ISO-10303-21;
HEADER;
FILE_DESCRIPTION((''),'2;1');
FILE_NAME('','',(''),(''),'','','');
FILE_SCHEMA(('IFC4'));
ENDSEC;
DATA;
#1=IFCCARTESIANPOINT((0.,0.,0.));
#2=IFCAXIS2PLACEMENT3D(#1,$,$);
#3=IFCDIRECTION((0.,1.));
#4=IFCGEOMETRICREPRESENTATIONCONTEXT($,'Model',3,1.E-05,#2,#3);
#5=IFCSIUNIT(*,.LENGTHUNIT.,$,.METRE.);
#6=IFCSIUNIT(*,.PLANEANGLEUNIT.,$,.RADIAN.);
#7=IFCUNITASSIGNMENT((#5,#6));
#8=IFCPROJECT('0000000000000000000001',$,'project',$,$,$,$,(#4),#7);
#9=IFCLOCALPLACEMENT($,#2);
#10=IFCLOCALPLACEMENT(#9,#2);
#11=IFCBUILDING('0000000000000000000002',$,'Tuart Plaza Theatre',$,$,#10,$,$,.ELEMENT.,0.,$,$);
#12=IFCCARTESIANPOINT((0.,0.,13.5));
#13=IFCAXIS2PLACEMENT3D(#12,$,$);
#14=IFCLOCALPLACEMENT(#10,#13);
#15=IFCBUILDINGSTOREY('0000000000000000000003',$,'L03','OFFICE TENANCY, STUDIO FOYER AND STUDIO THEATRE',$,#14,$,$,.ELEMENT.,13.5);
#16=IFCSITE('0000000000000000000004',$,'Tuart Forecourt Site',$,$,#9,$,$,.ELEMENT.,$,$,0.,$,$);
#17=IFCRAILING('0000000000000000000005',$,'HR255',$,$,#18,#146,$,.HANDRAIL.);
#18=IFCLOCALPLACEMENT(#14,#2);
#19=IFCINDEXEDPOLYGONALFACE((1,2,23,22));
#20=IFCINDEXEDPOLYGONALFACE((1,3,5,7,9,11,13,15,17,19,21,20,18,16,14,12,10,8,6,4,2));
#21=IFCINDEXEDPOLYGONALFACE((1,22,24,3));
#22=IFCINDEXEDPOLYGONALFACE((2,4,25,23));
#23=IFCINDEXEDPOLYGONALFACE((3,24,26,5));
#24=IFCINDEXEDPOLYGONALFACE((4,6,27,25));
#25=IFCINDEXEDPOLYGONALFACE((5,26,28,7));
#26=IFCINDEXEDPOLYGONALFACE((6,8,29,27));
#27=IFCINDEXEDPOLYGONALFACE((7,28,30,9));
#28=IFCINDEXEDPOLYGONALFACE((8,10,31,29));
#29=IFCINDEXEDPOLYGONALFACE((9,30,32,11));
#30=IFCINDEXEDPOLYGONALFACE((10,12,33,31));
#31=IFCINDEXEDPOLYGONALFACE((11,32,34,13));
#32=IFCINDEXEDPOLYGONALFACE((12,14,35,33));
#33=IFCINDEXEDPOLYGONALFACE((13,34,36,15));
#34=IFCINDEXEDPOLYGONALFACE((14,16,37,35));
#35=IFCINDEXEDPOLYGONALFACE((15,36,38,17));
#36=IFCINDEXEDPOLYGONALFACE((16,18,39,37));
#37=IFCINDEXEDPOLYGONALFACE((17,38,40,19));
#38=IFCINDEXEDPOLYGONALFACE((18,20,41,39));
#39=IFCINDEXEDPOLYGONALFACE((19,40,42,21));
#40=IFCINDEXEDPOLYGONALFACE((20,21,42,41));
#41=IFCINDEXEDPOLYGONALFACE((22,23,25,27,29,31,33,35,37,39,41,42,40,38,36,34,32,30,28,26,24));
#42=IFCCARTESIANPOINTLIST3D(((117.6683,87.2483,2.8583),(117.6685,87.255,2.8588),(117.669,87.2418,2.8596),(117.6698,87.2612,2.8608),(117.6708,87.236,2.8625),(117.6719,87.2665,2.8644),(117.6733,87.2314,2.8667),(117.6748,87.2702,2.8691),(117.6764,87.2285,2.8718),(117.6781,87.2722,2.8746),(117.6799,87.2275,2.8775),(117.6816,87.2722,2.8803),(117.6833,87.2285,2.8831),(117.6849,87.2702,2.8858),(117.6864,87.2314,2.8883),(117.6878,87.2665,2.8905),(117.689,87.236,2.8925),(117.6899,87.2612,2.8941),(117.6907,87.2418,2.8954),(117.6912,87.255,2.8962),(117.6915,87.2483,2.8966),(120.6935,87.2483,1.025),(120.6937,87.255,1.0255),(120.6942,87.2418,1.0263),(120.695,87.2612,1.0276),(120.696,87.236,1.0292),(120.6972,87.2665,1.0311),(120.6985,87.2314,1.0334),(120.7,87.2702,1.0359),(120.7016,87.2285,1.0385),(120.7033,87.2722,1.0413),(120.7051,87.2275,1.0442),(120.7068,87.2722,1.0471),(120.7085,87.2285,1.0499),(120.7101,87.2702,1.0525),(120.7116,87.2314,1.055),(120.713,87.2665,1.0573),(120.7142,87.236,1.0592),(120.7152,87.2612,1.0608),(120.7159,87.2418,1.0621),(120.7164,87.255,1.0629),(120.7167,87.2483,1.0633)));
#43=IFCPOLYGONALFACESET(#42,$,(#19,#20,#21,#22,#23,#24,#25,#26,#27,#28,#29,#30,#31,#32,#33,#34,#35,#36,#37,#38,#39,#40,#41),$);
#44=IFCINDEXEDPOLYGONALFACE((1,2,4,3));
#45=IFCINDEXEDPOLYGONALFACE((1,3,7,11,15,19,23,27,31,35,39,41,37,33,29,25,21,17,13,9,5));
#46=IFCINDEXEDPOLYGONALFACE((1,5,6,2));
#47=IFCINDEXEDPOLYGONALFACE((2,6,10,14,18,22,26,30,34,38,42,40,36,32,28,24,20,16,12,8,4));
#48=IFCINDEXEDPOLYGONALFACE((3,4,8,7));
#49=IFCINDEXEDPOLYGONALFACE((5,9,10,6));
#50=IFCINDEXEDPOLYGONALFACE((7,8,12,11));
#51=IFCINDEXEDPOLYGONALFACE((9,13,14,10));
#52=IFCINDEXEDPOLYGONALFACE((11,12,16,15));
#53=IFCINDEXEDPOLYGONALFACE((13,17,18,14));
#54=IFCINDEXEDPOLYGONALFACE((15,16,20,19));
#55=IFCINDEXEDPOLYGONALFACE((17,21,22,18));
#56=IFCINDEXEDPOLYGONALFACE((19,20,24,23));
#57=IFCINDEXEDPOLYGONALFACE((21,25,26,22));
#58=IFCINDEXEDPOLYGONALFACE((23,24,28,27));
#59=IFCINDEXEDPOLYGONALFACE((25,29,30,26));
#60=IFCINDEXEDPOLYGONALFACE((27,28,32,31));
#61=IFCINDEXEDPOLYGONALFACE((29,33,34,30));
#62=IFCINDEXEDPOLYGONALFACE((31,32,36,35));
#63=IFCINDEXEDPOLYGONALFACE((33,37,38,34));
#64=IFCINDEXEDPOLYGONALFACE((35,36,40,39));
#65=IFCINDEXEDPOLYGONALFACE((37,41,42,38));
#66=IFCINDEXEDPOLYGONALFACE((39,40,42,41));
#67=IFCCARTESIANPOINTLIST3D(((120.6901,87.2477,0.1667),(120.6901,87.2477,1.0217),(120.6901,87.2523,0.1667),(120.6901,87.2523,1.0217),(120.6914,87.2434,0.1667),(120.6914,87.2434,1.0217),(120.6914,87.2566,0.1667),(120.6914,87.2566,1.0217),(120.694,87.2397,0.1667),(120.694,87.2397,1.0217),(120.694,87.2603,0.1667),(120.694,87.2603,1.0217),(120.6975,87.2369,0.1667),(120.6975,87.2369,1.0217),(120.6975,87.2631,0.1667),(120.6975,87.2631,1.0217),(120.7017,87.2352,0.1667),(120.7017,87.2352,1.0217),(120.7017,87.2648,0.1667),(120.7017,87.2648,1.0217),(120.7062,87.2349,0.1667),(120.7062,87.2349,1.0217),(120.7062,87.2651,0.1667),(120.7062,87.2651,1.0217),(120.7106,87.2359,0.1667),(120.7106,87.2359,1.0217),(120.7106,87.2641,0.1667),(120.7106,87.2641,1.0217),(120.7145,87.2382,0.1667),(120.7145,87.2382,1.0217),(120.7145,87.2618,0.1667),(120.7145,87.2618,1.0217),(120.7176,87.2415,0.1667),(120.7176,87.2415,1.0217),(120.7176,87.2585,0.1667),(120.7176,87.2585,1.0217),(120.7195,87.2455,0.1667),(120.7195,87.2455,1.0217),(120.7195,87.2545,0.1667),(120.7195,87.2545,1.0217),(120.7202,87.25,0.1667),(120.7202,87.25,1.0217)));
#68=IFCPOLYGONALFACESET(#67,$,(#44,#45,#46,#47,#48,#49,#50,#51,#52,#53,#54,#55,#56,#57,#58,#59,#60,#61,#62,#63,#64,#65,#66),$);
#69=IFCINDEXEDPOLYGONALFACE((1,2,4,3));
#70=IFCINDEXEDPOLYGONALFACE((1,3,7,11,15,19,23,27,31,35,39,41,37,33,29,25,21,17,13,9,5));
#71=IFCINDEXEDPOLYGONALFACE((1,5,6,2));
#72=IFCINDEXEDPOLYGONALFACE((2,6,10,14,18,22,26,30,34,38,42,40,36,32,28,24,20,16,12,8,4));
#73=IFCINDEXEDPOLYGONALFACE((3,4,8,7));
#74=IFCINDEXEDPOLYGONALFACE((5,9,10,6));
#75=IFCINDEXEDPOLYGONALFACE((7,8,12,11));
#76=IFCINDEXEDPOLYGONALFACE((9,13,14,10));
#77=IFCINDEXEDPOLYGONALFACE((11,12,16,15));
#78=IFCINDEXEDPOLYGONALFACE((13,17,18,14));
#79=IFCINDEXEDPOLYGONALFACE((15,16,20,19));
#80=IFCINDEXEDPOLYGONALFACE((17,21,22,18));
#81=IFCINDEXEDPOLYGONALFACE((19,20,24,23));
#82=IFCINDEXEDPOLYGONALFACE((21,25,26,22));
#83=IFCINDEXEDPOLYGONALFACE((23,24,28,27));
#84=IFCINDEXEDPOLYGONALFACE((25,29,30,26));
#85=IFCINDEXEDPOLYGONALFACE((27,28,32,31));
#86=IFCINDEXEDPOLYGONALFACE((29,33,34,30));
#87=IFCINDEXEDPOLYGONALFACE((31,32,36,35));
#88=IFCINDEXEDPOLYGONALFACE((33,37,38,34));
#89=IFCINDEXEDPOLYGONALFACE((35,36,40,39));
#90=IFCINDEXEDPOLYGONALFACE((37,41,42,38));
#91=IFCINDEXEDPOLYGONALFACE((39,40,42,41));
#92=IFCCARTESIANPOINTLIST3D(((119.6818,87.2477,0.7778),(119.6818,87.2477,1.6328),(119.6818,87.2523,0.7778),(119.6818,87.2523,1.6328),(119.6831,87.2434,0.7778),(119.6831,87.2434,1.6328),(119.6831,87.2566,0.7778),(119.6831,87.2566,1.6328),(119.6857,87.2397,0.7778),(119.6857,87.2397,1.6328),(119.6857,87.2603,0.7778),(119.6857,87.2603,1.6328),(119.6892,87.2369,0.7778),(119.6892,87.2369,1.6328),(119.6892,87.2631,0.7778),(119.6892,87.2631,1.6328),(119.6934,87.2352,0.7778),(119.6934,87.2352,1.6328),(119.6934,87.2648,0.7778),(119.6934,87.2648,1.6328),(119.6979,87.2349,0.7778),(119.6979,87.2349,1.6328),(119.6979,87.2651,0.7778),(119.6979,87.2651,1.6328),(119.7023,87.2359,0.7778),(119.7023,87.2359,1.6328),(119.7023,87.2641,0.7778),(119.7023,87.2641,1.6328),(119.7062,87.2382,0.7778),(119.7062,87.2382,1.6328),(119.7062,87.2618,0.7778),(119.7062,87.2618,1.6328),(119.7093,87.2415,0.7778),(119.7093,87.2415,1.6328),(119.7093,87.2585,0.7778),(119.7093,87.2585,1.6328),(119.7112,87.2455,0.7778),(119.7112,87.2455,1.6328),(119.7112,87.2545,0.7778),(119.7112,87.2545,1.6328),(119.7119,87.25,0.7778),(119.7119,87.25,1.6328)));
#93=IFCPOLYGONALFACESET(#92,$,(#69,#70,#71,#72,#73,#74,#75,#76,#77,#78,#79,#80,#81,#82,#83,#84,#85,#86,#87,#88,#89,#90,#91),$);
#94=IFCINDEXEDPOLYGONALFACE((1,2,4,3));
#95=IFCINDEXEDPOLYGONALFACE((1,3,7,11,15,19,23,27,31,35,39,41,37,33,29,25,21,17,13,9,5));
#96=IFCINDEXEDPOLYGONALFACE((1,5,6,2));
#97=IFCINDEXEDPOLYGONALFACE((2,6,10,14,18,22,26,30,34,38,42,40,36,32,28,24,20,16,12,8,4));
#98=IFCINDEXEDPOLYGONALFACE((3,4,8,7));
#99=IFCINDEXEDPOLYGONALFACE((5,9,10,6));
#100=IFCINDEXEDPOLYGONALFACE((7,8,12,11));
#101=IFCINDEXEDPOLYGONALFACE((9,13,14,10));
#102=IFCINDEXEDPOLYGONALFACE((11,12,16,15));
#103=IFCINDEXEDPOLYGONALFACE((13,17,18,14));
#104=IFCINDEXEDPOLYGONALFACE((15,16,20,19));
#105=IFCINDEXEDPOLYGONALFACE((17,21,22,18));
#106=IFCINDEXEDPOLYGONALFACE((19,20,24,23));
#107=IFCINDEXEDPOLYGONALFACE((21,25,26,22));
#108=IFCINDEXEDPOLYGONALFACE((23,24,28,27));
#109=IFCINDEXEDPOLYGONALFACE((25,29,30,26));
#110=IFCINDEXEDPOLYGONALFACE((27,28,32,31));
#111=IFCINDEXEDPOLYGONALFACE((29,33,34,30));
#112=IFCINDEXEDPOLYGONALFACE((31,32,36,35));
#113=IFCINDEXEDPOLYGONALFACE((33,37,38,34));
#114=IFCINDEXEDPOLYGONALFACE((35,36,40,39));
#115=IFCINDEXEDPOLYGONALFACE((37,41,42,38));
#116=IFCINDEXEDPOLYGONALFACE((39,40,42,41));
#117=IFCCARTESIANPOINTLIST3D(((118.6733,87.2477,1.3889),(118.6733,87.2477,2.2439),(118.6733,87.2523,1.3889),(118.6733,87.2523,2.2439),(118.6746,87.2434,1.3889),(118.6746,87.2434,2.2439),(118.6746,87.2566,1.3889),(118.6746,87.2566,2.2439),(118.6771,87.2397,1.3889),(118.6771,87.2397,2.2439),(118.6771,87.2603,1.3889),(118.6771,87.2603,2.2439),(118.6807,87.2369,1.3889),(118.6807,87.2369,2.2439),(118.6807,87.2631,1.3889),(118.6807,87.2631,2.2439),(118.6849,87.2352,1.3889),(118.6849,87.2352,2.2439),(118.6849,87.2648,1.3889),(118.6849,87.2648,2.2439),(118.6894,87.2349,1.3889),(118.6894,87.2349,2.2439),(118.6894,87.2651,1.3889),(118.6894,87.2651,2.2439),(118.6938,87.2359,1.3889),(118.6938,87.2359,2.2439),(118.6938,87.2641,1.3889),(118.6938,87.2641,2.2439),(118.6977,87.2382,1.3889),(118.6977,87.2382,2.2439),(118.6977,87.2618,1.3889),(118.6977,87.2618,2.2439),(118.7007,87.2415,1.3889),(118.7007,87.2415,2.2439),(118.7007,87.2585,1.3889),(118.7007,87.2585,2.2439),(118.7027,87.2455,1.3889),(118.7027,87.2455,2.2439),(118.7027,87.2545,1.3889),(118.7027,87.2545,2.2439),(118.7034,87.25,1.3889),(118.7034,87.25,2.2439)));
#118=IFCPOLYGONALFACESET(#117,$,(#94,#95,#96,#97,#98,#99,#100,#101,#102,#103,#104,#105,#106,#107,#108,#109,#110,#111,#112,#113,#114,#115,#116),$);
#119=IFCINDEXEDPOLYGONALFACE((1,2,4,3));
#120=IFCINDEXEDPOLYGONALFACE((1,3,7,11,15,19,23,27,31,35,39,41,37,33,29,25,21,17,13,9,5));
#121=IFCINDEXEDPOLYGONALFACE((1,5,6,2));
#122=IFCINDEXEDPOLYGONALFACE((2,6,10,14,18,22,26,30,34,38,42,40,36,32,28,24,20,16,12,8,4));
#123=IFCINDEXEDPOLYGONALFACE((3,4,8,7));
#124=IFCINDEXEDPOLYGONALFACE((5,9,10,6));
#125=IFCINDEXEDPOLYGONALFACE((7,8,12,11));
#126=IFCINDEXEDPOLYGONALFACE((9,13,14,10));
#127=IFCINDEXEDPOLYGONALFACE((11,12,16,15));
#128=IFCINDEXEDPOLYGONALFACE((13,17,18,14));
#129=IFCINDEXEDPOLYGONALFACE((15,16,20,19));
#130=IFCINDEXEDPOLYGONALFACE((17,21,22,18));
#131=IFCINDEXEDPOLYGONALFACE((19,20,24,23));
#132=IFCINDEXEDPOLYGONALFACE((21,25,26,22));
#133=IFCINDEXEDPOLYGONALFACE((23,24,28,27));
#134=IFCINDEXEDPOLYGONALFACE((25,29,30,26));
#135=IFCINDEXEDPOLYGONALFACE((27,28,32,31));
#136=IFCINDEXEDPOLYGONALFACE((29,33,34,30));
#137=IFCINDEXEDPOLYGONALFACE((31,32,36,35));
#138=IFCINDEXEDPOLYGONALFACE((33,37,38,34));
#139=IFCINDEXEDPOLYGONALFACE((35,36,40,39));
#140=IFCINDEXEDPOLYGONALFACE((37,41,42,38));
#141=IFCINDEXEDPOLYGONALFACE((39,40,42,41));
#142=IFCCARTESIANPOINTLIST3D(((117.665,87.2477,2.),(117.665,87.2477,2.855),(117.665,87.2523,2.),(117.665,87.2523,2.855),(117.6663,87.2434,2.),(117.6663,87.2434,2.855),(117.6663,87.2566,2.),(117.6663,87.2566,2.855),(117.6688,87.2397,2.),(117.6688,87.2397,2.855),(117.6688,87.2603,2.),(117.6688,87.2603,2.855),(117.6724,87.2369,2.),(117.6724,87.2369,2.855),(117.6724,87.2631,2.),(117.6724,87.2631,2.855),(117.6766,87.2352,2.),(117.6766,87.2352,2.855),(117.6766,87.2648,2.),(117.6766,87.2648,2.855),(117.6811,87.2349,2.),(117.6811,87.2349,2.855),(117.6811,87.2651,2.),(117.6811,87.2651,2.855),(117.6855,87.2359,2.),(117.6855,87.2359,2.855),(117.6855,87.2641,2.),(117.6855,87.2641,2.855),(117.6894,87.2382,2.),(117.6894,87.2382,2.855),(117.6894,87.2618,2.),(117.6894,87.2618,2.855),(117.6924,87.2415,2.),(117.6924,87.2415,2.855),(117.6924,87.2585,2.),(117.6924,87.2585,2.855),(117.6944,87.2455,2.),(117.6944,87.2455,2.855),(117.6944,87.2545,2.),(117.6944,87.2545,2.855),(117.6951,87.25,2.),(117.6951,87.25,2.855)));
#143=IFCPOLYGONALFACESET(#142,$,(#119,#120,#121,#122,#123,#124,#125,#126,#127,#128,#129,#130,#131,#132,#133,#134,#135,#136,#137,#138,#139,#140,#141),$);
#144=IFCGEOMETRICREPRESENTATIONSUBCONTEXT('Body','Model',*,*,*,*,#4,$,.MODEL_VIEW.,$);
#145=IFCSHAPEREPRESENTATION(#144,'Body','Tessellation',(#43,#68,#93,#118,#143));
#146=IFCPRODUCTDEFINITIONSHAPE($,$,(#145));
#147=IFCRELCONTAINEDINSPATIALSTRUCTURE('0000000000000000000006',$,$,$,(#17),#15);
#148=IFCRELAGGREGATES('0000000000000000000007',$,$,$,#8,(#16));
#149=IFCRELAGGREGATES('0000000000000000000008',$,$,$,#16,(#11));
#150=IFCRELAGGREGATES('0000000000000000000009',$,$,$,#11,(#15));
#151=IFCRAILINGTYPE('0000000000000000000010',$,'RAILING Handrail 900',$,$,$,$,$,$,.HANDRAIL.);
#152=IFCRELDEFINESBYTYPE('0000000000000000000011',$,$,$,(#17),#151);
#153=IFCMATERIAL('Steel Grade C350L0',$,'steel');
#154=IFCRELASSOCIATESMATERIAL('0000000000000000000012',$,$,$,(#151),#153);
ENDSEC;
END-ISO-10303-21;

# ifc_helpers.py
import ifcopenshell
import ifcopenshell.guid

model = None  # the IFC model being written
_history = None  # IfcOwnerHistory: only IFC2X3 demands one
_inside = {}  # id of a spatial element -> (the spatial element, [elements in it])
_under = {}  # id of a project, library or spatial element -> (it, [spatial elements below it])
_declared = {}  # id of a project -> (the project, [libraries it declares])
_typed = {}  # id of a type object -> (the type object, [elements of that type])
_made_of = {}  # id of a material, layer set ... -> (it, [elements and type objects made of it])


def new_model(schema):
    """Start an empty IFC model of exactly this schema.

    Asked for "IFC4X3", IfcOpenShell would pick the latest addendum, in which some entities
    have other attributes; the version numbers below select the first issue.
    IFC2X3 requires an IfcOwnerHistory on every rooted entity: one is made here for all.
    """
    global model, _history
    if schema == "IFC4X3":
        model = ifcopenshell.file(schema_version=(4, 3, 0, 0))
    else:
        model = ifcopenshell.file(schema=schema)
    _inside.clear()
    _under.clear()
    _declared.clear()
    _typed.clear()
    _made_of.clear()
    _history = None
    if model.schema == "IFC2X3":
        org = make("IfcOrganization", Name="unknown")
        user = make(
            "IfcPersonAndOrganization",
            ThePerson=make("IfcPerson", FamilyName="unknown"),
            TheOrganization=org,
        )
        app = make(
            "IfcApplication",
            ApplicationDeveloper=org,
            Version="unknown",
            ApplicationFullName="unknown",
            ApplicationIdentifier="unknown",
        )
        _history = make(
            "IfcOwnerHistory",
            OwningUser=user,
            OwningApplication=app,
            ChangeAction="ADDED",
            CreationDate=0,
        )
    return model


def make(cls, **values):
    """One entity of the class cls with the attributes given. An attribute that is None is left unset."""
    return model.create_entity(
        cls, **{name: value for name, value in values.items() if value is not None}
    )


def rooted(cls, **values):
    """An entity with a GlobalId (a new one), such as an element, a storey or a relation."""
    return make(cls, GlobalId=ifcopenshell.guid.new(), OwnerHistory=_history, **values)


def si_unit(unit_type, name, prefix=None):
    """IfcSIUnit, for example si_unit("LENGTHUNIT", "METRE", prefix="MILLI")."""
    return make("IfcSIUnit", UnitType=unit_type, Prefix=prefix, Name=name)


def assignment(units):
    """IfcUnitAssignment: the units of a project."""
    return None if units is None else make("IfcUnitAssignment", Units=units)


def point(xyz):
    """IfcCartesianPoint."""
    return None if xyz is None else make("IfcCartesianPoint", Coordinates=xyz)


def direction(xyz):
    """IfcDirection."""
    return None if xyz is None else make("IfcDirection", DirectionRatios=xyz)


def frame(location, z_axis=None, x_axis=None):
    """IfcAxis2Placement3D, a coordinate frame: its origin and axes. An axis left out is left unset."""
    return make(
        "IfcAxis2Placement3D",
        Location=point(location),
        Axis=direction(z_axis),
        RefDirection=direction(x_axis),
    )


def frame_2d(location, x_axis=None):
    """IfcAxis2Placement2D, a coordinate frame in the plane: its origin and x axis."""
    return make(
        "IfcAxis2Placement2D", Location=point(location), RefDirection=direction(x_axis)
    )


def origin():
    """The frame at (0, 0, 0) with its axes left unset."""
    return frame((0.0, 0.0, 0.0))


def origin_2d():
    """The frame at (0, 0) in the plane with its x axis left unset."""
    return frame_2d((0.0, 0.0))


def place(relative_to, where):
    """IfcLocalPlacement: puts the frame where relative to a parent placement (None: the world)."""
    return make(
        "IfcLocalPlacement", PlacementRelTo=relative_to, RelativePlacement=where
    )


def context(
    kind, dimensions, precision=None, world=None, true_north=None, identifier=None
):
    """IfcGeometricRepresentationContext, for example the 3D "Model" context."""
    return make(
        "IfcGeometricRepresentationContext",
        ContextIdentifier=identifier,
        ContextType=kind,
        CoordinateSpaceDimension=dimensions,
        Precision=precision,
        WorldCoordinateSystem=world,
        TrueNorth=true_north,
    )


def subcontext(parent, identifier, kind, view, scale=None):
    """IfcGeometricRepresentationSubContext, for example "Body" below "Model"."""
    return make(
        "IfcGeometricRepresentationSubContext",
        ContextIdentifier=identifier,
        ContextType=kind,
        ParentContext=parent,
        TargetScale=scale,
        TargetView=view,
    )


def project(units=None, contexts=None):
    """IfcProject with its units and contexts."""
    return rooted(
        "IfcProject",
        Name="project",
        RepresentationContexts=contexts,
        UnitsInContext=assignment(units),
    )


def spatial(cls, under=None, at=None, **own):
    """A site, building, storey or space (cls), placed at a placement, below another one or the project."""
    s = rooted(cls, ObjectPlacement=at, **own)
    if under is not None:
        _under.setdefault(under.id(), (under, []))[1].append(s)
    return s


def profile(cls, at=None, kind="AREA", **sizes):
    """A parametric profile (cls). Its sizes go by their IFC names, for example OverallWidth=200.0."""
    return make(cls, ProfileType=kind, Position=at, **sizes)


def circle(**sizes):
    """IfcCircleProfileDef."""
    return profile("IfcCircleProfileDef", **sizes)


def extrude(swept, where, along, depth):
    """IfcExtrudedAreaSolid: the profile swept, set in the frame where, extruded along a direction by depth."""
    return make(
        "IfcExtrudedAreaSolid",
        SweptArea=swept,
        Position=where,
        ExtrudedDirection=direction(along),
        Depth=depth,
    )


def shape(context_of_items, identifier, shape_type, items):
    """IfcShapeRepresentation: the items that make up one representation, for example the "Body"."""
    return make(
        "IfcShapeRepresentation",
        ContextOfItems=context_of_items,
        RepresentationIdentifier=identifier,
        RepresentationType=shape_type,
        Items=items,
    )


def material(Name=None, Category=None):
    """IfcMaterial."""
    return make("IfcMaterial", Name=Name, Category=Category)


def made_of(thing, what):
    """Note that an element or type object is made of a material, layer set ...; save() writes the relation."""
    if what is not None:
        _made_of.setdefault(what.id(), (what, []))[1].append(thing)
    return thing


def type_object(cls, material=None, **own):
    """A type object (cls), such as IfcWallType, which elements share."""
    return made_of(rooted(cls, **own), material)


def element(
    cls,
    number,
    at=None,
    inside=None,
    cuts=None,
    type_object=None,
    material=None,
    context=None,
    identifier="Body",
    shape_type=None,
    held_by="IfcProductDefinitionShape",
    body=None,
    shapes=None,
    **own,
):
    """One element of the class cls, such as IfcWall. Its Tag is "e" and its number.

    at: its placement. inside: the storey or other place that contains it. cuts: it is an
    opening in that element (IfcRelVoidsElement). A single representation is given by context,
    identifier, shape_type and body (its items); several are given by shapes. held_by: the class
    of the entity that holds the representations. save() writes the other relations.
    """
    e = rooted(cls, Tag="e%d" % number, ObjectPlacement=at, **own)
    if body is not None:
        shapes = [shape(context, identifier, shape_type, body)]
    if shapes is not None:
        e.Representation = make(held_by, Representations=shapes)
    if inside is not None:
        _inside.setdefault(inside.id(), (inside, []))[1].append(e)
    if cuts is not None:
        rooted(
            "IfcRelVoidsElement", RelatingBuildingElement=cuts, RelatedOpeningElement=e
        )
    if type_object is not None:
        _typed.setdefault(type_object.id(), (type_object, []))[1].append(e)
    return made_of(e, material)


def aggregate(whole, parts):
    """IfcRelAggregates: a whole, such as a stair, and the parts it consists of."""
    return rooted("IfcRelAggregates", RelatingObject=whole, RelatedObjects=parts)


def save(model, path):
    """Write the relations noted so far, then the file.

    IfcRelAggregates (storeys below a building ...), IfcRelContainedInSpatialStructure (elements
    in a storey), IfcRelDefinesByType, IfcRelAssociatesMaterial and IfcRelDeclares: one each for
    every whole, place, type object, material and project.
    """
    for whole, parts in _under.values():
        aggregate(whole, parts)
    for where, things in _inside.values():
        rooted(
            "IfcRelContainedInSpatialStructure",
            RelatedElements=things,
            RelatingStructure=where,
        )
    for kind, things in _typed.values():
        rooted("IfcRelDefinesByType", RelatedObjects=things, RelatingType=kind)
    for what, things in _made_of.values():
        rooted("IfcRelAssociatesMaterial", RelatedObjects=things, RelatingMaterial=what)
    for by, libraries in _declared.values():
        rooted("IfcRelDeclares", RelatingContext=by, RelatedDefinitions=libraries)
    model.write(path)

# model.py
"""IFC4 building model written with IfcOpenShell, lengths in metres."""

from ifc_helpers import new_model, si_unit, direction, frame, origin, origin_2d, place, context, subcontext, project, spatial, circle, extrude, material, type_object, element, save


model = new_model("IFC4")

# Units and contexts
model_context = context("Model", 3, precision=1e-05, world=origin(), true_north=direction((0.0, 1.0)))
body_context = subcontext(model_context, "Body", "Model", "MODEL_VIEW")
ifc_project = project(units=[si_unit("LENGTHUNIT", "METRE"), si_unit("PLANEANGLEUNIT", "RADIAN")], contexts=[model_context])

# Site, building, storey
site_placement = place(None, origin())
site = spatial("IfcSite", under=ifc_project, at=site_placement, Name="Tuart Forecourt Site", CompositionType="ELEMENT", RefElevation=0.0)
building_placement = place(site_placement, origin())
building = spatial("IfcBuilding", under=site, at=building_placement, Name="Tuart Plaza Theatre", CompositionType="ELEMENT", ElevationOfRefHeight=0.0)
storey_placement = place(building_placement, frame((0.0, 0.0, 13.5)))
storey = spatial("IfcBuildingStorey", under=building, at=storey_placement, Name="L03", Description="OFFICE TENANCY, STUDIO FOYER AND STUDIO THEATRE", CompositionType="ELEMENT", Elevation=13.5)

# Railing
ifc_material_1 = material(Name="Steel Grade C350L0", Category="steel")
railing_type_1 = type_object("IfcRailingType", Name="RAILING Handrail 900", PredefinedType="HANDRAIL", material=ifc_material_1)
for number, where, name in (
    (1, (120.7051, 87.25, 0.1667), "HR255"),
):
    element("IfcRailing", number, at=place(storey_placement, frame(where)), inside=storey, type_object=railing_type_1, Name=name, PredefinedType="HANDRAIL", context=body_context, shape_type="SweptSolid", body=[
        extrude(circle(Radius=0.0225, at=origin_2d()), frame((0.0, 0.0, 0.8774), z_axis=(-0.855219, 0.0, 0.518267), x_axis=(0.0, -1.0, 0.0)), (0.0, 0.0, 1.0), 3.5374),
        extrude(circle(Radius=0.0151, at=origin_2d()), origin(), (0.0, 0.0, 1.0), 0.855),
        extrude(circle(Radius=0.0151, at=origin_2d()), frame((-1.0083, 0.0, 0.6111)), (0.0, 0.0, 1.0), 0.855),
        extrude(circle(Radius=0.0151, at=origin_2d()), frame((-2.0168, 0.0, 1.2222)), (0.0, 0.0, 1.0), 0.855),
        extrude(circle(Radius=0.0151, at=origin_2d()), frame((-3.0251, 0.0, 1.8333)), (0.0, 0.0, 1.0), 0.855),
    ])

save(model, "model.ifc")
